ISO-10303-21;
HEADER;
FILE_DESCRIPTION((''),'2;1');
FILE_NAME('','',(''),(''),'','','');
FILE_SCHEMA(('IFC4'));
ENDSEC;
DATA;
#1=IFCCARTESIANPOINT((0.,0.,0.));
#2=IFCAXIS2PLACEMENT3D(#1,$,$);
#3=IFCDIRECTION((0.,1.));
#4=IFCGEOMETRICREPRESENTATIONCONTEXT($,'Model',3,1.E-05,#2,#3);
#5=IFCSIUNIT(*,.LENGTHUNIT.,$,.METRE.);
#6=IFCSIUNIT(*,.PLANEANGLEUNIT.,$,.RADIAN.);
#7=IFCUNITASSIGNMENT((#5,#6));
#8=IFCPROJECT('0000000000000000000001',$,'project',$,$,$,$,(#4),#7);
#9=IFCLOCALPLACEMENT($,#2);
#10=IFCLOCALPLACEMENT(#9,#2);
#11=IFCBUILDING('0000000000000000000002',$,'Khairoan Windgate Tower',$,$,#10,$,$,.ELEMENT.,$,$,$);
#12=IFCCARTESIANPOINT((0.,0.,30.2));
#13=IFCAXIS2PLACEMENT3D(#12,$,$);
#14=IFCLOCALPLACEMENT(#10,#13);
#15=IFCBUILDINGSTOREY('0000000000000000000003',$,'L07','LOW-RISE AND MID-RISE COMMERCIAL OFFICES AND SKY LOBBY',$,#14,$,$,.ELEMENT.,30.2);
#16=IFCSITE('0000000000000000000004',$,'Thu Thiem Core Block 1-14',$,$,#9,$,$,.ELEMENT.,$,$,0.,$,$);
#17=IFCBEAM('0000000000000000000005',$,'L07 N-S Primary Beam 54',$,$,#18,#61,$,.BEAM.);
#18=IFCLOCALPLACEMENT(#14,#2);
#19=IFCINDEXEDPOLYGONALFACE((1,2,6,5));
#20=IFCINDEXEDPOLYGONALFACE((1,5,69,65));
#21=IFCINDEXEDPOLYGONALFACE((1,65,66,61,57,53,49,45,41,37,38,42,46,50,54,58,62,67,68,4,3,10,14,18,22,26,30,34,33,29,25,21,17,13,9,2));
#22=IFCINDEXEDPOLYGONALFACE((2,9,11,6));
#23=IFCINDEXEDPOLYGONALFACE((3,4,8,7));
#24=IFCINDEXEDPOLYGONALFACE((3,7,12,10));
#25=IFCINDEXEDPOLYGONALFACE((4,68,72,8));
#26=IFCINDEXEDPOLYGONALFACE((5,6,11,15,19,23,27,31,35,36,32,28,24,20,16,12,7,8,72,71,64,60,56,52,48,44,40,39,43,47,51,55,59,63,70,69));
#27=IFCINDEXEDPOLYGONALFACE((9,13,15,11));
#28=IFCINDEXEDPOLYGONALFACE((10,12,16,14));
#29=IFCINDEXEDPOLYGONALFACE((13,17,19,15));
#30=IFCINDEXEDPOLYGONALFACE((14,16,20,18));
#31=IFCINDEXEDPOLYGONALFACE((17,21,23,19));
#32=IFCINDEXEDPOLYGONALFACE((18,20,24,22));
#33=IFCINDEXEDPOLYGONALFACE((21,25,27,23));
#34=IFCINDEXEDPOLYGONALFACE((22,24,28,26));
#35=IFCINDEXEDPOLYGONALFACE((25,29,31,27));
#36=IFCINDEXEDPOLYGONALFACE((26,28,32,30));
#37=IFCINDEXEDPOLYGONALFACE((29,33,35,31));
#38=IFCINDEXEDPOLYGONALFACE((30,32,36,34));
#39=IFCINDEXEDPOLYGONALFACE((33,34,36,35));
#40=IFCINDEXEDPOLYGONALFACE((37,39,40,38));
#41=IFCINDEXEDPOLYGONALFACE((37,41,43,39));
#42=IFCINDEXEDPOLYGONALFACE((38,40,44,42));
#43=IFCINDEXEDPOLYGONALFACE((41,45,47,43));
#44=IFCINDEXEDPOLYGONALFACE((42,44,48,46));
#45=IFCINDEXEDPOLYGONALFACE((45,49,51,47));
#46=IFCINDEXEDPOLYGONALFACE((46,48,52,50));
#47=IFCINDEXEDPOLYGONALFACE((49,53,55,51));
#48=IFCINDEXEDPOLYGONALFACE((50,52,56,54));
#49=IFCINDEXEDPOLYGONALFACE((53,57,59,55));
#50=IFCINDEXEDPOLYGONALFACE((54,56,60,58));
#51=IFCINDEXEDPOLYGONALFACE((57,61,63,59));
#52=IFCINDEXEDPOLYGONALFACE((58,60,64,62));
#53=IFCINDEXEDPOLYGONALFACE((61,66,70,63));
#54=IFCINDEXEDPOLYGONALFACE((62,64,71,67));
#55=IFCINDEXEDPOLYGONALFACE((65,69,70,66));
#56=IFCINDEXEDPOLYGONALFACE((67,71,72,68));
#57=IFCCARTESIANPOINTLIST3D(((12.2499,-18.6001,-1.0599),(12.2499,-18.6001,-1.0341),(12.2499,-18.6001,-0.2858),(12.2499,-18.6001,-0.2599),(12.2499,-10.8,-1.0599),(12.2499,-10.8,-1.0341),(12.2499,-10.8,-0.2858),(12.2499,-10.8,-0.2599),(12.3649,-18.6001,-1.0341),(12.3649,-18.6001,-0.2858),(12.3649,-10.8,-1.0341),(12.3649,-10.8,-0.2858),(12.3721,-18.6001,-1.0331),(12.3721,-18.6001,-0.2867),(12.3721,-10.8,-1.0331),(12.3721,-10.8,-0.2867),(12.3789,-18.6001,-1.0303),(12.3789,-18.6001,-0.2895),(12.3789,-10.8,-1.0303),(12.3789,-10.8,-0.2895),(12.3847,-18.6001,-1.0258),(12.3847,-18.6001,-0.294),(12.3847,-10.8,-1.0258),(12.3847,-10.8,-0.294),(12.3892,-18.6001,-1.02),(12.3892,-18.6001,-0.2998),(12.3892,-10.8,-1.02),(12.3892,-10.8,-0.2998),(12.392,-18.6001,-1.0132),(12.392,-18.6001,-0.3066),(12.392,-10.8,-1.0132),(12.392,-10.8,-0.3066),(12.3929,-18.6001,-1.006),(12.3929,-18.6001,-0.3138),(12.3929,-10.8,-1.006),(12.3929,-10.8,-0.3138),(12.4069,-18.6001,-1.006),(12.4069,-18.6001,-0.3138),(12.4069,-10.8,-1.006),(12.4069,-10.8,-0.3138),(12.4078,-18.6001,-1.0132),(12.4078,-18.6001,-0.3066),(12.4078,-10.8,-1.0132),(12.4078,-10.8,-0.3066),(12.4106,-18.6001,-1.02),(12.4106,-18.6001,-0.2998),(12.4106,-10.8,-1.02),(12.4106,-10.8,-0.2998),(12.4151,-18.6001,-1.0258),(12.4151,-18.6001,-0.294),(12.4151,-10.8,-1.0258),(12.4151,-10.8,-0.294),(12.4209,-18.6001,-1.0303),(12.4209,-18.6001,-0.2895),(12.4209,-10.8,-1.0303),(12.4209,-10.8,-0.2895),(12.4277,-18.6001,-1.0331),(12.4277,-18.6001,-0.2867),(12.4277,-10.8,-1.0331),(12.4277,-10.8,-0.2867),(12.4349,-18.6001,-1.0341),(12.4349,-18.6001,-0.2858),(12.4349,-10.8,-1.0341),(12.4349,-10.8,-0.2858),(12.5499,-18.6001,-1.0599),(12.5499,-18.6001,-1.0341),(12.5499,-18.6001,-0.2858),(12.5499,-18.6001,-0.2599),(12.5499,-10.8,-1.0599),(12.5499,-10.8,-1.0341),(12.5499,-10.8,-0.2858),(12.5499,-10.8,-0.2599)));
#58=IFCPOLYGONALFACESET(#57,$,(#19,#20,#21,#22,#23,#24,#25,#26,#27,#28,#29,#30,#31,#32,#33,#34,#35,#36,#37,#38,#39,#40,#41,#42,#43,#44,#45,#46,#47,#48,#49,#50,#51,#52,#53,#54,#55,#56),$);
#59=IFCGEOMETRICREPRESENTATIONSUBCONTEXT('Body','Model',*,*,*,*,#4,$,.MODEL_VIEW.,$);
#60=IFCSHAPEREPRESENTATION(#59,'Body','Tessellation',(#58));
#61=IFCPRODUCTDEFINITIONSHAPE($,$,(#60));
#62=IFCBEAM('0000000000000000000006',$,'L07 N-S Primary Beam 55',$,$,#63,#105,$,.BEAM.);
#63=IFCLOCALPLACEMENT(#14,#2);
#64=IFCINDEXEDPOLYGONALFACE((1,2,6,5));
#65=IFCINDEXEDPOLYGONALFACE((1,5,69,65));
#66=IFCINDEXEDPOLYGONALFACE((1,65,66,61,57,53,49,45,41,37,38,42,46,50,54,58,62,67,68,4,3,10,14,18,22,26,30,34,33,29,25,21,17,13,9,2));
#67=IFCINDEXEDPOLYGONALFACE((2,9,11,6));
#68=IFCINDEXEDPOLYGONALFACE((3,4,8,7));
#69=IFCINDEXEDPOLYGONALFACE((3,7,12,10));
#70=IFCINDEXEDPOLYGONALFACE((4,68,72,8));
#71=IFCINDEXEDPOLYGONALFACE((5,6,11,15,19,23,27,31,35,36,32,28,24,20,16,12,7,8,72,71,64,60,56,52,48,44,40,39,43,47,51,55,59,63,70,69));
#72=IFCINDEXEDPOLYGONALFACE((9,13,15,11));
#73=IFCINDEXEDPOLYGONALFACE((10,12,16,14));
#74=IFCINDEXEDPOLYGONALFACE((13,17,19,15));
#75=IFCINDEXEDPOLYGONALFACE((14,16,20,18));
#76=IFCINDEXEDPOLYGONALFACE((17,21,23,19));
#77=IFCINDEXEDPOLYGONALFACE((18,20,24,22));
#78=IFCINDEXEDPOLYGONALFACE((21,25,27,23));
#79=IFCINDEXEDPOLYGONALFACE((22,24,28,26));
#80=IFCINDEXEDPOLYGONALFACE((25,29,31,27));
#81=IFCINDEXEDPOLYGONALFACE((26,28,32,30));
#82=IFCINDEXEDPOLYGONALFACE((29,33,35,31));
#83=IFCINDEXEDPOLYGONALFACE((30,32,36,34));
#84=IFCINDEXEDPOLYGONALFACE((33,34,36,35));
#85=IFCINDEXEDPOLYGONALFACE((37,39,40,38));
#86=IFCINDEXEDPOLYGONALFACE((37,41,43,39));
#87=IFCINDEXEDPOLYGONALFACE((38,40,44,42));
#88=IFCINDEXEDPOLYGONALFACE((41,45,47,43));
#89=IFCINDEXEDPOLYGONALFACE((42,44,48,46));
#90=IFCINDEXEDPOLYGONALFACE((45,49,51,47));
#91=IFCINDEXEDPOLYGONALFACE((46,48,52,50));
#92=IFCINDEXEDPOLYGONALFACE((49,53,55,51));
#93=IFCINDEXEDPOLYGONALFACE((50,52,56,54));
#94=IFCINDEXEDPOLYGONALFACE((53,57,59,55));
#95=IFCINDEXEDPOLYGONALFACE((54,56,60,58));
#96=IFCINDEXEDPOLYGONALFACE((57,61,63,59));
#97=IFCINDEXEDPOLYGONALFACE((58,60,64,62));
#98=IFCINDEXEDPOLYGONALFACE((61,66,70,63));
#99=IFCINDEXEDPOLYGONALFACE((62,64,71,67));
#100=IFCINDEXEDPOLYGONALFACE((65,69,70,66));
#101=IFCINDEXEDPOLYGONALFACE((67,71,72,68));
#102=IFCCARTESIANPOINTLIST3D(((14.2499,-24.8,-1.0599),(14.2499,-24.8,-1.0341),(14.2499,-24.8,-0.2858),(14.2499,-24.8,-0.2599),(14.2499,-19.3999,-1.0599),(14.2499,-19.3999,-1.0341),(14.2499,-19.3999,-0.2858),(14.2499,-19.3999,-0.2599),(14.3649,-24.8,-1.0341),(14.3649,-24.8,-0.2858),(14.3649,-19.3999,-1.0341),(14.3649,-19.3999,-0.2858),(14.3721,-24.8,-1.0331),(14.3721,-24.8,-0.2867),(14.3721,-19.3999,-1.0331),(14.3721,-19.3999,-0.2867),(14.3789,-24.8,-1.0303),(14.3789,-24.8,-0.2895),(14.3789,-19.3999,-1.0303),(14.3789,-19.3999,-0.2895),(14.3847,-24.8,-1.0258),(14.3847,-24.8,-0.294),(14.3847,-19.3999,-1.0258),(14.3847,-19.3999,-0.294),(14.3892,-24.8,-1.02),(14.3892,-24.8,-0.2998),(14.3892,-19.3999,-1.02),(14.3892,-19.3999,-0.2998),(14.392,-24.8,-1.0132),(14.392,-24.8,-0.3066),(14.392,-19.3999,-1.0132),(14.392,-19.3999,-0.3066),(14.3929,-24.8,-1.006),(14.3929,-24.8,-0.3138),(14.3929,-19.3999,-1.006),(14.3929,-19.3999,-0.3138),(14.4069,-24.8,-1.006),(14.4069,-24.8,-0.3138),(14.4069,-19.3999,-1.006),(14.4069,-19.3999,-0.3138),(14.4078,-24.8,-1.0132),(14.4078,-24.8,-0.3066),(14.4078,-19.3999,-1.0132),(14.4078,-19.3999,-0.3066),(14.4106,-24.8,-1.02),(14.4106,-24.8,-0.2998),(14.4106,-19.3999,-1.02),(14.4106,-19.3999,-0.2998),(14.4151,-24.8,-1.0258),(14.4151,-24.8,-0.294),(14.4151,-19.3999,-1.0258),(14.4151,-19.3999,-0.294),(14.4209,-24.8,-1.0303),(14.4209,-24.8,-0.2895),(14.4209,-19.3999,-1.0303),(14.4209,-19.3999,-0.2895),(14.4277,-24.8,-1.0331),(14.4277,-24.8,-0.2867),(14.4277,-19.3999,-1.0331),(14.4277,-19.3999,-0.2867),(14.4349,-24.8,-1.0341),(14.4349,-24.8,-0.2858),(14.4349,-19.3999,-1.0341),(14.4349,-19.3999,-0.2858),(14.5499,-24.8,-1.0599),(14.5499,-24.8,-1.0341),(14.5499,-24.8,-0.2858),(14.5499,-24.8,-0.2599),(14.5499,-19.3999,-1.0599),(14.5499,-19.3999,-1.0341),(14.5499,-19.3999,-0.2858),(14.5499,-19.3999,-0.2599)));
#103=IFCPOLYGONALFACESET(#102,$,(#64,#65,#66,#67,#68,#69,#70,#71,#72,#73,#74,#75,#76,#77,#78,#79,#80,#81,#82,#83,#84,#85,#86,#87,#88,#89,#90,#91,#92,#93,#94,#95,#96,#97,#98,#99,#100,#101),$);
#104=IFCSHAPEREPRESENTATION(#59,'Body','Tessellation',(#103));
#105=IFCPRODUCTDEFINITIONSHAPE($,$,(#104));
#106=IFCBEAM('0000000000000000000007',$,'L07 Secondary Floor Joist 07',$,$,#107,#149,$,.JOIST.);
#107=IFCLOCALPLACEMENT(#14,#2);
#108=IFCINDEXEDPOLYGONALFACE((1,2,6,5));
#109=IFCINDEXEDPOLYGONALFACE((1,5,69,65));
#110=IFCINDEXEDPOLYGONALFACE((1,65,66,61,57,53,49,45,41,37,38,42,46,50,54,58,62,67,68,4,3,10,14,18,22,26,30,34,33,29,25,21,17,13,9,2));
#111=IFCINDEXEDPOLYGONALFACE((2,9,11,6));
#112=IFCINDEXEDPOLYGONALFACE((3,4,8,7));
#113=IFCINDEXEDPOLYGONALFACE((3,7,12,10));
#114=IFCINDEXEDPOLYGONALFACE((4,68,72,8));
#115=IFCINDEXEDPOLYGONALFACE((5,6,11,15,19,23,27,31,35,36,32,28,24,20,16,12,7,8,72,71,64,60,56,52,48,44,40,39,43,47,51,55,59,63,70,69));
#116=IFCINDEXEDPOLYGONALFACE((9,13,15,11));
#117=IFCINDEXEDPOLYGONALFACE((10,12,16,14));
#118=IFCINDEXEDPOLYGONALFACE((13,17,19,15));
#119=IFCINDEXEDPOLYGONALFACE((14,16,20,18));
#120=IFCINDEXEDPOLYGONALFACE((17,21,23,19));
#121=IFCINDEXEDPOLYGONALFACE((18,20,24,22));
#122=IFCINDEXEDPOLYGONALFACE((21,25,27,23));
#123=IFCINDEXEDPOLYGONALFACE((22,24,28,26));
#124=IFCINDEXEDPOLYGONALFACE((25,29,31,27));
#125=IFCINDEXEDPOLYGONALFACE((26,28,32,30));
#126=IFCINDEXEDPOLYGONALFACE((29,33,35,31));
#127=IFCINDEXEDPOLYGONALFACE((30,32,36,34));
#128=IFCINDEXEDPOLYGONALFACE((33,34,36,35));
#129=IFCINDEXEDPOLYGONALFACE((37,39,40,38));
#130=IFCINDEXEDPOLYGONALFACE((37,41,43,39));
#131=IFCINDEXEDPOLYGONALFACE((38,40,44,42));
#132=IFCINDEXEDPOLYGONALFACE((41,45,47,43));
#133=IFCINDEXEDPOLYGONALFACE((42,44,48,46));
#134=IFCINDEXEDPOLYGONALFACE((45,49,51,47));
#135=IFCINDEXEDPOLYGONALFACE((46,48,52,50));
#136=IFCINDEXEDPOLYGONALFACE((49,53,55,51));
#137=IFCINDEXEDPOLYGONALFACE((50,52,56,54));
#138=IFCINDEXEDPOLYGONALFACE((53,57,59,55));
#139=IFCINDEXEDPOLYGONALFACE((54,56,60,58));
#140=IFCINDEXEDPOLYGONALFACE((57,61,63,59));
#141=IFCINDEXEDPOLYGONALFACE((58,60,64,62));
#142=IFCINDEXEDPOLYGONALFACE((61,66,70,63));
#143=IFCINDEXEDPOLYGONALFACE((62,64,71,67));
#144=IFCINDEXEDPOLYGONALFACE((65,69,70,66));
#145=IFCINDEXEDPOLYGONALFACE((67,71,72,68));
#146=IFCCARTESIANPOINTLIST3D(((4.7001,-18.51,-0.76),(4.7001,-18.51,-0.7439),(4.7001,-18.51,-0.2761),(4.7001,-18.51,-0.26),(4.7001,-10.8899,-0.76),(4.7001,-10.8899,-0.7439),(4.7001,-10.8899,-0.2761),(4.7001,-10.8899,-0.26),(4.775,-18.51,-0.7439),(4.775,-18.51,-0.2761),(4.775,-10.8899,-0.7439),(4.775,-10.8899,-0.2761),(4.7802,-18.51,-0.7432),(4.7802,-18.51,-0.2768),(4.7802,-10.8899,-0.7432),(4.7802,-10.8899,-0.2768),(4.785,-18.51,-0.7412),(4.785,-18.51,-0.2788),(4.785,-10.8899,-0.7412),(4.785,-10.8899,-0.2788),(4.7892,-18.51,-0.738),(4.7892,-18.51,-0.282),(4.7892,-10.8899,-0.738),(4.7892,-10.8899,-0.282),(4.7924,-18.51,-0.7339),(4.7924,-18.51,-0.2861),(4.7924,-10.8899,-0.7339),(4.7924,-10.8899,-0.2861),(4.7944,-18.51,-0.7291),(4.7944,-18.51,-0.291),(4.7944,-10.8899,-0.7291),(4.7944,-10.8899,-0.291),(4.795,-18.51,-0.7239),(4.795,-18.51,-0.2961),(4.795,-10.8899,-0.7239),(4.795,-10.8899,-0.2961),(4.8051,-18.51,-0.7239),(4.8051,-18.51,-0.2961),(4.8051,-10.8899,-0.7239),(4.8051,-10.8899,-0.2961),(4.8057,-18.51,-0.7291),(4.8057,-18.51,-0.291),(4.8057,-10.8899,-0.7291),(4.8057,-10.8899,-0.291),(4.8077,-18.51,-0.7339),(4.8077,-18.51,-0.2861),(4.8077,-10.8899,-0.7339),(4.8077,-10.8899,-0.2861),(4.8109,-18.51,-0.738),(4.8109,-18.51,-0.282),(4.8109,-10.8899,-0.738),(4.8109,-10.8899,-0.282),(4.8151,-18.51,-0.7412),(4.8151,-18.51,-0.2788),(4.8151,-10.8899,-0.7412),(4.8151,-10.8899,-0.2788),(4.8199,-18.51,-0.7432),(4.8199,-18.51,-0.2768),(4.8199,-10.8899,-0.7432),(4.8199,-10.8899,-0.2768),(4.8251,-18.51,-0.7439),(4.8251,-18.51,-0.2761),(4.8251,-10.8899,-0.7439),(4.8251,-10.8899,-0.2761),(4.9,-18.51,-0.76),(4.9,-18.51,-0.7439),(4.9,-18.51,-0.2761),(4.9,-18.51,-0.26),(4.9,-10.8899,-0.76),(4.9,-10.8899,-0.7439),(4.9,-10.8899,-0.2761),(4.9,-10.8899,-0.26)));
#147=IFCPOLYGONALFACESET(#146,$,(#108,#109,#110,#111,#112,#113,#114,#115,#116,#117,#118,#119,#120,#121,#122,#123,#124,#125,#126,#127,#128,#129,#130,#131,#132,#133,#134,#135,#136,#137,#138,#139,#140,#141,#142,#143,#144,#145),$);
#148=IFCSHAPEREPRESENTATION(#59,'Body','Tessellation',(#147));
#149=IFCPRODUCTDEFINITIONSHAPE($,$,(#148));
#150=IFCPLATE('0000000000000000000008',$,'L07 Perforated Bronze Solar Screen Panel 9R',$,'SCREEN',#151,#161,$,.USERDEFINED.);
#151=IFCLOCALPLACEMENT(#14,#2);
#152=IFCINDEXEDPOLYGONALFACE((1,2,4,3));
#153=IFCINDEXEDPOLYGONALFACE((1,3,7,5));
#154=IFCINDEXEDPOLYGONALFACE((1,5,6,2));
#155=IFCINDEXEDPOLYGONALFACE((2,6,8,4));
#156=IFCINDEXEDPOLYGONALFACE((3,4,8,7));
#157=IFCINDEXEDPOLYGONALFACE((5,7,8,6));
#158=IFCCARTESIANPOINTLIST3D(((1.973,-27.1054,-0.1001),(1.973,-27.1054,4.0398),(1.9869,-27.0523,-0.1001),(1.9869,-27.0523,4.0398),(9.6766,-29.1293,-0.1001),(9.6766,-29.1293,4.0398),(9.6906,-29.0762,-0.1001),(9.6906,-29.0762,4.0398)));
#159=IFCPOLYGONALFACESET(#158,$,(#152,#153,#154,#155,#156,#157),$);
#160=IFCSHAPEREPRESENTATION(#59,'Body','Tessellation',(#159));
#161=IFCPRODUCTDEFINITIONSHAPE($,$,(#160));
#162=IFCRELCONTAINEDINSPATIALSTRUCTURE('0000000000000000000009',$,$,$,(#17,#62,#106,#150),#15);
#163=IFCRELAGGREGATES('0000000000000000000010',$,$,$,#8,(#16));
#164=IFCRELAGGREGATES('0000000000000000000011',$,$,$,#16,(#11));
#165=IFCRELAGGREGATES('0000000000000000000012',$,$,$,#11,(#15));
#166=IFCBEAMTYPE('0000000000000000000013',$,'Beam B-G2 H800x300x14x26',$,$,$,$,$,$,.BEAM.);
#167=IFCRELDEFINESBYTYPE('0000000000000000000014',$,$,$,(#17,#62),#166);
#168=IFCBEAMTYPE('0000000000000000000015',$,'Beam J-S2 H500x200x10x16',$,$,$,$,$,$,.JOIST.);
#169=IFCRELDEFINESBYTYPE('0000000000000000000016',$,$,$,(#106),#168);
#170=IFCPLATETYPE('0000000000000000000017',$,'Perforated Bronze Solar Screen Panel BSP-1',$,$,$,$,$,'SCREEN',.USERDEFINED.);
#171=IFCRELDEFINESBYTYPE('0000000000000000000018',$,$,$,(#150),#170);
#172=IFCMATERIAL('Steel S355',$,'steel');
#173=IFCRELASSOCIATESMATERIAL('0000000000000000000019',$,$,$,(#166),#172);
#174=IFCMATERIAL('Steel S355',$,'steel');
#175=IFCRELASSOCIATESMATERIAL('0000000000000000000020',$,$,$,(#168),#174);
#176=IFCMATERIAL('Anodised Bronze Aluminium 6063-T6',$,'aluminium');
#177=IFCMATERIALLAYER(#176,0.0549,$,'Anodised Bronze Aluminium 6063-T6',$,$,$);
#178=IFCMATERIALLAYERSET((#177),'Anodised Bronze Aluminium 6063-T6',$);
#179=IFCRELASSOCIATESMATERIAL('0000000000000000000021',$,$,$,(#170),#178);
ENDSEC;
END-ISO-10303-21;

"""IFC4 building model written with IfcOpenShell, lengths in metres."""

from ifc_helpers import new_model, si_unit, direction, frame, origin, origin_2d, place, context, subcontext, project, spatial, rectangle, i_section, extrude, material, layer, layer_set, material_profile, profile_set, type_object, element, save


model = new_model("IFC4")

# Units and contexts
model_context = context("Model", 3, precision=1e-05, world=origin(), true_north=direction((0.0, 1.0)))
body_context = subcontext(model_context, "Body", "Model", "MODEL_VIEW")
ifc_project = project(units=[si_unit("LENGTHUNIT", "METRE"), si_unit("PLANEANGLEUNIT", "RADIAN")], contexts=[model_context])

# Site, building, storey
site_placement = place(None, origin())
site = spatial("IfcSite", under=ifc_project, at=site_placement, Name="Thu Thiem Core Block 1-14", CompositionType="ELEMENT", RefElevation=0.0)
building_placement = place(site_placement, origin())
building = spatial("IfcBuilding", under=site, at=building_placement, Name="Khairoan Windgate Tower", CompositionType="ELEMENT")
storey_placement = place(building_placement, frame((0.0, 0.0, 30.2)))
storey = spatial("IfcBuildingStorey", under=building, at=storey_placement, Name="L07", Description="LOW-RISE AND MID-RISE COMMERCIAL OFFICES AND SKY LOBBY", CompositionType="ELEMENT", Elevation=30.2)

# Beams
ifc_material_1 = material(Name="Steel S355", Category="steel")
ifc_material_profile_1 = material_profile(ifc_material_1, i_section(OverallWidth=0.3, OverallDepth=0.8, WebThickness=0.0139, FlangeThickness=0.0259, FilletRadius=0.0281, at=origin_2d()))
ifc_profile_set_1 = profile_set([ifc_material_profile_1], Name="Steel S355")
beam_type_1 = type_object("IfcBeamType", Name="Beam B-G2 H800x300x14x26", PredefinedType="BEAM", material=ifc_profile_set_1)
for number, where, z_axis, x_axis, name in (
    (1, (12.3999, -18.6001, -0.6599), (0.0, 1.0, 0.0), (-1.0, 0.0, 0.0), "L07 N-S Primary Beam 54"),
):
    element("IfcBeam", number, at=place(storey_placement, frame(where, z_axis=z_axis, x_axis=x_axis)), inside=storey, type_object=beam_type_1, Name=name, PredefinedType="BEAM", context=body_context, shape_type="SweptSolid", body=[
        extrude(i_section(OverallWidth=0.3, OverallDepth=0.8, WebThickness=0.0139, FlangeThickness=0.0259, FilletRadius=0.0281, at=origin_2d()), origin(), (0.0, 0.0, 1.0), 7.8),
    ])
beam_1_placement = place(storey_placement, frame((14.3999, -24.8, -0.6599), z_axis=(0.0, 1.0, 0.0), x_axis=(-1.0, 0.0, 0.0)))
element("IfcBeam", 2, at=beam_1_placement, inside=storey, type_object=beam_type_1, Name="L07 N-S Primary Beam 55", PredefinedType="BEAM", context=body_context, shape_type="SweptSolid", body=[
    extrude(i_section(OverallWidth=0.3, OverallDepth=0.8, WebThickness=0.0139, FlangeThickness=0.0259, FilletRadius=0.0281, at=origin_2d()), origin(), (0.0, 0.0, 1.0), 5.4001),
])
ifc_material_2 = material(Name="Steel S355", Category="steel")
ifc_material_profile_2 = material_profile(ifc_material_2, i_section(OverallWidth=0.2, OverallDepth=0.5, WebThickness=0.01, FlangeThickness=0.0161, FilletRadius=0.02, at=origin_2d()))
ifc_profile_set_2 = profile_set([ifc_material_profile_2], Name="Steel S355")
beam_type_2 = type_object("IfcBeamType", Name="Beam J-S2 H500x200x10x16", PredefinedType="JOIST", material=ifc_profile_set_2)
beam_2_placement = place(storey_placement, frame((4.8, -18.51, -0.51), z_axis=(0.0, 1.0, 0.0), x_axis=(-1.0, 0.0, 0.0)))
element("IfcBeam", 3, at=beam_2_placement, inside=storey, type_object=beam_type_2, Name="L07 Secondary Floor Joist 07", PredefinedType="JOIST", context=body_context, shape_type="SweptSolid", body=[
    extrude(i_section(OverallWidth=0.2, OverallDepth=0.5, WebThickness=0.01, FlangeThickness=0.0161, FilletRadius=0.02, at=origin_2d()), origin(), (0.0, 0.0, 1.0), 7.6201),
])

# Plate
ifc_material_3 = material(Name="Anodised Bronze Aluminium 6063-T6", Category="aluminium")
ifc_layer_1 = layer(ifc_material_3, 0.0549, Name="Anodised Bronze Aluminium 6063-T6")
ifc_layer_set_1 = layer_set([ifc_layer_1], Name="Anodised Bronze Aluminium 6063-T6")
plate_type = type_object("IfcPlateType", Name="Perforated Bronze Solar Screen Panel BSP-1", ElementType="SCREEN", PredefinedType="USERDEFINED", material=ifc_layer_set_1)
plate_placement = place(storey_placement, frame((5.8318, -28.0908, -0.1001), z_axis=(0.0, 0.0, 1.0), x_axis=(-0.967179, 0.254096, 0.0)))
element("IfcPlate", 4, at=plate_placement, inside=storey, type_object=plate_type, Name="L07 Perforated Bronze Solar Screen Panel 9R", ObjectType="SCREEN", PredefinedType="USERDEFINED", context=body_context, shape_type="SweptSolid", body=[
    extrude(rectangle(XDim=7.9651, YDim=0.0549, at=origin_2d()), origin(), (0.0, 0.0, 1.0), 4.1399),
])

save(model, "model.ifc")
